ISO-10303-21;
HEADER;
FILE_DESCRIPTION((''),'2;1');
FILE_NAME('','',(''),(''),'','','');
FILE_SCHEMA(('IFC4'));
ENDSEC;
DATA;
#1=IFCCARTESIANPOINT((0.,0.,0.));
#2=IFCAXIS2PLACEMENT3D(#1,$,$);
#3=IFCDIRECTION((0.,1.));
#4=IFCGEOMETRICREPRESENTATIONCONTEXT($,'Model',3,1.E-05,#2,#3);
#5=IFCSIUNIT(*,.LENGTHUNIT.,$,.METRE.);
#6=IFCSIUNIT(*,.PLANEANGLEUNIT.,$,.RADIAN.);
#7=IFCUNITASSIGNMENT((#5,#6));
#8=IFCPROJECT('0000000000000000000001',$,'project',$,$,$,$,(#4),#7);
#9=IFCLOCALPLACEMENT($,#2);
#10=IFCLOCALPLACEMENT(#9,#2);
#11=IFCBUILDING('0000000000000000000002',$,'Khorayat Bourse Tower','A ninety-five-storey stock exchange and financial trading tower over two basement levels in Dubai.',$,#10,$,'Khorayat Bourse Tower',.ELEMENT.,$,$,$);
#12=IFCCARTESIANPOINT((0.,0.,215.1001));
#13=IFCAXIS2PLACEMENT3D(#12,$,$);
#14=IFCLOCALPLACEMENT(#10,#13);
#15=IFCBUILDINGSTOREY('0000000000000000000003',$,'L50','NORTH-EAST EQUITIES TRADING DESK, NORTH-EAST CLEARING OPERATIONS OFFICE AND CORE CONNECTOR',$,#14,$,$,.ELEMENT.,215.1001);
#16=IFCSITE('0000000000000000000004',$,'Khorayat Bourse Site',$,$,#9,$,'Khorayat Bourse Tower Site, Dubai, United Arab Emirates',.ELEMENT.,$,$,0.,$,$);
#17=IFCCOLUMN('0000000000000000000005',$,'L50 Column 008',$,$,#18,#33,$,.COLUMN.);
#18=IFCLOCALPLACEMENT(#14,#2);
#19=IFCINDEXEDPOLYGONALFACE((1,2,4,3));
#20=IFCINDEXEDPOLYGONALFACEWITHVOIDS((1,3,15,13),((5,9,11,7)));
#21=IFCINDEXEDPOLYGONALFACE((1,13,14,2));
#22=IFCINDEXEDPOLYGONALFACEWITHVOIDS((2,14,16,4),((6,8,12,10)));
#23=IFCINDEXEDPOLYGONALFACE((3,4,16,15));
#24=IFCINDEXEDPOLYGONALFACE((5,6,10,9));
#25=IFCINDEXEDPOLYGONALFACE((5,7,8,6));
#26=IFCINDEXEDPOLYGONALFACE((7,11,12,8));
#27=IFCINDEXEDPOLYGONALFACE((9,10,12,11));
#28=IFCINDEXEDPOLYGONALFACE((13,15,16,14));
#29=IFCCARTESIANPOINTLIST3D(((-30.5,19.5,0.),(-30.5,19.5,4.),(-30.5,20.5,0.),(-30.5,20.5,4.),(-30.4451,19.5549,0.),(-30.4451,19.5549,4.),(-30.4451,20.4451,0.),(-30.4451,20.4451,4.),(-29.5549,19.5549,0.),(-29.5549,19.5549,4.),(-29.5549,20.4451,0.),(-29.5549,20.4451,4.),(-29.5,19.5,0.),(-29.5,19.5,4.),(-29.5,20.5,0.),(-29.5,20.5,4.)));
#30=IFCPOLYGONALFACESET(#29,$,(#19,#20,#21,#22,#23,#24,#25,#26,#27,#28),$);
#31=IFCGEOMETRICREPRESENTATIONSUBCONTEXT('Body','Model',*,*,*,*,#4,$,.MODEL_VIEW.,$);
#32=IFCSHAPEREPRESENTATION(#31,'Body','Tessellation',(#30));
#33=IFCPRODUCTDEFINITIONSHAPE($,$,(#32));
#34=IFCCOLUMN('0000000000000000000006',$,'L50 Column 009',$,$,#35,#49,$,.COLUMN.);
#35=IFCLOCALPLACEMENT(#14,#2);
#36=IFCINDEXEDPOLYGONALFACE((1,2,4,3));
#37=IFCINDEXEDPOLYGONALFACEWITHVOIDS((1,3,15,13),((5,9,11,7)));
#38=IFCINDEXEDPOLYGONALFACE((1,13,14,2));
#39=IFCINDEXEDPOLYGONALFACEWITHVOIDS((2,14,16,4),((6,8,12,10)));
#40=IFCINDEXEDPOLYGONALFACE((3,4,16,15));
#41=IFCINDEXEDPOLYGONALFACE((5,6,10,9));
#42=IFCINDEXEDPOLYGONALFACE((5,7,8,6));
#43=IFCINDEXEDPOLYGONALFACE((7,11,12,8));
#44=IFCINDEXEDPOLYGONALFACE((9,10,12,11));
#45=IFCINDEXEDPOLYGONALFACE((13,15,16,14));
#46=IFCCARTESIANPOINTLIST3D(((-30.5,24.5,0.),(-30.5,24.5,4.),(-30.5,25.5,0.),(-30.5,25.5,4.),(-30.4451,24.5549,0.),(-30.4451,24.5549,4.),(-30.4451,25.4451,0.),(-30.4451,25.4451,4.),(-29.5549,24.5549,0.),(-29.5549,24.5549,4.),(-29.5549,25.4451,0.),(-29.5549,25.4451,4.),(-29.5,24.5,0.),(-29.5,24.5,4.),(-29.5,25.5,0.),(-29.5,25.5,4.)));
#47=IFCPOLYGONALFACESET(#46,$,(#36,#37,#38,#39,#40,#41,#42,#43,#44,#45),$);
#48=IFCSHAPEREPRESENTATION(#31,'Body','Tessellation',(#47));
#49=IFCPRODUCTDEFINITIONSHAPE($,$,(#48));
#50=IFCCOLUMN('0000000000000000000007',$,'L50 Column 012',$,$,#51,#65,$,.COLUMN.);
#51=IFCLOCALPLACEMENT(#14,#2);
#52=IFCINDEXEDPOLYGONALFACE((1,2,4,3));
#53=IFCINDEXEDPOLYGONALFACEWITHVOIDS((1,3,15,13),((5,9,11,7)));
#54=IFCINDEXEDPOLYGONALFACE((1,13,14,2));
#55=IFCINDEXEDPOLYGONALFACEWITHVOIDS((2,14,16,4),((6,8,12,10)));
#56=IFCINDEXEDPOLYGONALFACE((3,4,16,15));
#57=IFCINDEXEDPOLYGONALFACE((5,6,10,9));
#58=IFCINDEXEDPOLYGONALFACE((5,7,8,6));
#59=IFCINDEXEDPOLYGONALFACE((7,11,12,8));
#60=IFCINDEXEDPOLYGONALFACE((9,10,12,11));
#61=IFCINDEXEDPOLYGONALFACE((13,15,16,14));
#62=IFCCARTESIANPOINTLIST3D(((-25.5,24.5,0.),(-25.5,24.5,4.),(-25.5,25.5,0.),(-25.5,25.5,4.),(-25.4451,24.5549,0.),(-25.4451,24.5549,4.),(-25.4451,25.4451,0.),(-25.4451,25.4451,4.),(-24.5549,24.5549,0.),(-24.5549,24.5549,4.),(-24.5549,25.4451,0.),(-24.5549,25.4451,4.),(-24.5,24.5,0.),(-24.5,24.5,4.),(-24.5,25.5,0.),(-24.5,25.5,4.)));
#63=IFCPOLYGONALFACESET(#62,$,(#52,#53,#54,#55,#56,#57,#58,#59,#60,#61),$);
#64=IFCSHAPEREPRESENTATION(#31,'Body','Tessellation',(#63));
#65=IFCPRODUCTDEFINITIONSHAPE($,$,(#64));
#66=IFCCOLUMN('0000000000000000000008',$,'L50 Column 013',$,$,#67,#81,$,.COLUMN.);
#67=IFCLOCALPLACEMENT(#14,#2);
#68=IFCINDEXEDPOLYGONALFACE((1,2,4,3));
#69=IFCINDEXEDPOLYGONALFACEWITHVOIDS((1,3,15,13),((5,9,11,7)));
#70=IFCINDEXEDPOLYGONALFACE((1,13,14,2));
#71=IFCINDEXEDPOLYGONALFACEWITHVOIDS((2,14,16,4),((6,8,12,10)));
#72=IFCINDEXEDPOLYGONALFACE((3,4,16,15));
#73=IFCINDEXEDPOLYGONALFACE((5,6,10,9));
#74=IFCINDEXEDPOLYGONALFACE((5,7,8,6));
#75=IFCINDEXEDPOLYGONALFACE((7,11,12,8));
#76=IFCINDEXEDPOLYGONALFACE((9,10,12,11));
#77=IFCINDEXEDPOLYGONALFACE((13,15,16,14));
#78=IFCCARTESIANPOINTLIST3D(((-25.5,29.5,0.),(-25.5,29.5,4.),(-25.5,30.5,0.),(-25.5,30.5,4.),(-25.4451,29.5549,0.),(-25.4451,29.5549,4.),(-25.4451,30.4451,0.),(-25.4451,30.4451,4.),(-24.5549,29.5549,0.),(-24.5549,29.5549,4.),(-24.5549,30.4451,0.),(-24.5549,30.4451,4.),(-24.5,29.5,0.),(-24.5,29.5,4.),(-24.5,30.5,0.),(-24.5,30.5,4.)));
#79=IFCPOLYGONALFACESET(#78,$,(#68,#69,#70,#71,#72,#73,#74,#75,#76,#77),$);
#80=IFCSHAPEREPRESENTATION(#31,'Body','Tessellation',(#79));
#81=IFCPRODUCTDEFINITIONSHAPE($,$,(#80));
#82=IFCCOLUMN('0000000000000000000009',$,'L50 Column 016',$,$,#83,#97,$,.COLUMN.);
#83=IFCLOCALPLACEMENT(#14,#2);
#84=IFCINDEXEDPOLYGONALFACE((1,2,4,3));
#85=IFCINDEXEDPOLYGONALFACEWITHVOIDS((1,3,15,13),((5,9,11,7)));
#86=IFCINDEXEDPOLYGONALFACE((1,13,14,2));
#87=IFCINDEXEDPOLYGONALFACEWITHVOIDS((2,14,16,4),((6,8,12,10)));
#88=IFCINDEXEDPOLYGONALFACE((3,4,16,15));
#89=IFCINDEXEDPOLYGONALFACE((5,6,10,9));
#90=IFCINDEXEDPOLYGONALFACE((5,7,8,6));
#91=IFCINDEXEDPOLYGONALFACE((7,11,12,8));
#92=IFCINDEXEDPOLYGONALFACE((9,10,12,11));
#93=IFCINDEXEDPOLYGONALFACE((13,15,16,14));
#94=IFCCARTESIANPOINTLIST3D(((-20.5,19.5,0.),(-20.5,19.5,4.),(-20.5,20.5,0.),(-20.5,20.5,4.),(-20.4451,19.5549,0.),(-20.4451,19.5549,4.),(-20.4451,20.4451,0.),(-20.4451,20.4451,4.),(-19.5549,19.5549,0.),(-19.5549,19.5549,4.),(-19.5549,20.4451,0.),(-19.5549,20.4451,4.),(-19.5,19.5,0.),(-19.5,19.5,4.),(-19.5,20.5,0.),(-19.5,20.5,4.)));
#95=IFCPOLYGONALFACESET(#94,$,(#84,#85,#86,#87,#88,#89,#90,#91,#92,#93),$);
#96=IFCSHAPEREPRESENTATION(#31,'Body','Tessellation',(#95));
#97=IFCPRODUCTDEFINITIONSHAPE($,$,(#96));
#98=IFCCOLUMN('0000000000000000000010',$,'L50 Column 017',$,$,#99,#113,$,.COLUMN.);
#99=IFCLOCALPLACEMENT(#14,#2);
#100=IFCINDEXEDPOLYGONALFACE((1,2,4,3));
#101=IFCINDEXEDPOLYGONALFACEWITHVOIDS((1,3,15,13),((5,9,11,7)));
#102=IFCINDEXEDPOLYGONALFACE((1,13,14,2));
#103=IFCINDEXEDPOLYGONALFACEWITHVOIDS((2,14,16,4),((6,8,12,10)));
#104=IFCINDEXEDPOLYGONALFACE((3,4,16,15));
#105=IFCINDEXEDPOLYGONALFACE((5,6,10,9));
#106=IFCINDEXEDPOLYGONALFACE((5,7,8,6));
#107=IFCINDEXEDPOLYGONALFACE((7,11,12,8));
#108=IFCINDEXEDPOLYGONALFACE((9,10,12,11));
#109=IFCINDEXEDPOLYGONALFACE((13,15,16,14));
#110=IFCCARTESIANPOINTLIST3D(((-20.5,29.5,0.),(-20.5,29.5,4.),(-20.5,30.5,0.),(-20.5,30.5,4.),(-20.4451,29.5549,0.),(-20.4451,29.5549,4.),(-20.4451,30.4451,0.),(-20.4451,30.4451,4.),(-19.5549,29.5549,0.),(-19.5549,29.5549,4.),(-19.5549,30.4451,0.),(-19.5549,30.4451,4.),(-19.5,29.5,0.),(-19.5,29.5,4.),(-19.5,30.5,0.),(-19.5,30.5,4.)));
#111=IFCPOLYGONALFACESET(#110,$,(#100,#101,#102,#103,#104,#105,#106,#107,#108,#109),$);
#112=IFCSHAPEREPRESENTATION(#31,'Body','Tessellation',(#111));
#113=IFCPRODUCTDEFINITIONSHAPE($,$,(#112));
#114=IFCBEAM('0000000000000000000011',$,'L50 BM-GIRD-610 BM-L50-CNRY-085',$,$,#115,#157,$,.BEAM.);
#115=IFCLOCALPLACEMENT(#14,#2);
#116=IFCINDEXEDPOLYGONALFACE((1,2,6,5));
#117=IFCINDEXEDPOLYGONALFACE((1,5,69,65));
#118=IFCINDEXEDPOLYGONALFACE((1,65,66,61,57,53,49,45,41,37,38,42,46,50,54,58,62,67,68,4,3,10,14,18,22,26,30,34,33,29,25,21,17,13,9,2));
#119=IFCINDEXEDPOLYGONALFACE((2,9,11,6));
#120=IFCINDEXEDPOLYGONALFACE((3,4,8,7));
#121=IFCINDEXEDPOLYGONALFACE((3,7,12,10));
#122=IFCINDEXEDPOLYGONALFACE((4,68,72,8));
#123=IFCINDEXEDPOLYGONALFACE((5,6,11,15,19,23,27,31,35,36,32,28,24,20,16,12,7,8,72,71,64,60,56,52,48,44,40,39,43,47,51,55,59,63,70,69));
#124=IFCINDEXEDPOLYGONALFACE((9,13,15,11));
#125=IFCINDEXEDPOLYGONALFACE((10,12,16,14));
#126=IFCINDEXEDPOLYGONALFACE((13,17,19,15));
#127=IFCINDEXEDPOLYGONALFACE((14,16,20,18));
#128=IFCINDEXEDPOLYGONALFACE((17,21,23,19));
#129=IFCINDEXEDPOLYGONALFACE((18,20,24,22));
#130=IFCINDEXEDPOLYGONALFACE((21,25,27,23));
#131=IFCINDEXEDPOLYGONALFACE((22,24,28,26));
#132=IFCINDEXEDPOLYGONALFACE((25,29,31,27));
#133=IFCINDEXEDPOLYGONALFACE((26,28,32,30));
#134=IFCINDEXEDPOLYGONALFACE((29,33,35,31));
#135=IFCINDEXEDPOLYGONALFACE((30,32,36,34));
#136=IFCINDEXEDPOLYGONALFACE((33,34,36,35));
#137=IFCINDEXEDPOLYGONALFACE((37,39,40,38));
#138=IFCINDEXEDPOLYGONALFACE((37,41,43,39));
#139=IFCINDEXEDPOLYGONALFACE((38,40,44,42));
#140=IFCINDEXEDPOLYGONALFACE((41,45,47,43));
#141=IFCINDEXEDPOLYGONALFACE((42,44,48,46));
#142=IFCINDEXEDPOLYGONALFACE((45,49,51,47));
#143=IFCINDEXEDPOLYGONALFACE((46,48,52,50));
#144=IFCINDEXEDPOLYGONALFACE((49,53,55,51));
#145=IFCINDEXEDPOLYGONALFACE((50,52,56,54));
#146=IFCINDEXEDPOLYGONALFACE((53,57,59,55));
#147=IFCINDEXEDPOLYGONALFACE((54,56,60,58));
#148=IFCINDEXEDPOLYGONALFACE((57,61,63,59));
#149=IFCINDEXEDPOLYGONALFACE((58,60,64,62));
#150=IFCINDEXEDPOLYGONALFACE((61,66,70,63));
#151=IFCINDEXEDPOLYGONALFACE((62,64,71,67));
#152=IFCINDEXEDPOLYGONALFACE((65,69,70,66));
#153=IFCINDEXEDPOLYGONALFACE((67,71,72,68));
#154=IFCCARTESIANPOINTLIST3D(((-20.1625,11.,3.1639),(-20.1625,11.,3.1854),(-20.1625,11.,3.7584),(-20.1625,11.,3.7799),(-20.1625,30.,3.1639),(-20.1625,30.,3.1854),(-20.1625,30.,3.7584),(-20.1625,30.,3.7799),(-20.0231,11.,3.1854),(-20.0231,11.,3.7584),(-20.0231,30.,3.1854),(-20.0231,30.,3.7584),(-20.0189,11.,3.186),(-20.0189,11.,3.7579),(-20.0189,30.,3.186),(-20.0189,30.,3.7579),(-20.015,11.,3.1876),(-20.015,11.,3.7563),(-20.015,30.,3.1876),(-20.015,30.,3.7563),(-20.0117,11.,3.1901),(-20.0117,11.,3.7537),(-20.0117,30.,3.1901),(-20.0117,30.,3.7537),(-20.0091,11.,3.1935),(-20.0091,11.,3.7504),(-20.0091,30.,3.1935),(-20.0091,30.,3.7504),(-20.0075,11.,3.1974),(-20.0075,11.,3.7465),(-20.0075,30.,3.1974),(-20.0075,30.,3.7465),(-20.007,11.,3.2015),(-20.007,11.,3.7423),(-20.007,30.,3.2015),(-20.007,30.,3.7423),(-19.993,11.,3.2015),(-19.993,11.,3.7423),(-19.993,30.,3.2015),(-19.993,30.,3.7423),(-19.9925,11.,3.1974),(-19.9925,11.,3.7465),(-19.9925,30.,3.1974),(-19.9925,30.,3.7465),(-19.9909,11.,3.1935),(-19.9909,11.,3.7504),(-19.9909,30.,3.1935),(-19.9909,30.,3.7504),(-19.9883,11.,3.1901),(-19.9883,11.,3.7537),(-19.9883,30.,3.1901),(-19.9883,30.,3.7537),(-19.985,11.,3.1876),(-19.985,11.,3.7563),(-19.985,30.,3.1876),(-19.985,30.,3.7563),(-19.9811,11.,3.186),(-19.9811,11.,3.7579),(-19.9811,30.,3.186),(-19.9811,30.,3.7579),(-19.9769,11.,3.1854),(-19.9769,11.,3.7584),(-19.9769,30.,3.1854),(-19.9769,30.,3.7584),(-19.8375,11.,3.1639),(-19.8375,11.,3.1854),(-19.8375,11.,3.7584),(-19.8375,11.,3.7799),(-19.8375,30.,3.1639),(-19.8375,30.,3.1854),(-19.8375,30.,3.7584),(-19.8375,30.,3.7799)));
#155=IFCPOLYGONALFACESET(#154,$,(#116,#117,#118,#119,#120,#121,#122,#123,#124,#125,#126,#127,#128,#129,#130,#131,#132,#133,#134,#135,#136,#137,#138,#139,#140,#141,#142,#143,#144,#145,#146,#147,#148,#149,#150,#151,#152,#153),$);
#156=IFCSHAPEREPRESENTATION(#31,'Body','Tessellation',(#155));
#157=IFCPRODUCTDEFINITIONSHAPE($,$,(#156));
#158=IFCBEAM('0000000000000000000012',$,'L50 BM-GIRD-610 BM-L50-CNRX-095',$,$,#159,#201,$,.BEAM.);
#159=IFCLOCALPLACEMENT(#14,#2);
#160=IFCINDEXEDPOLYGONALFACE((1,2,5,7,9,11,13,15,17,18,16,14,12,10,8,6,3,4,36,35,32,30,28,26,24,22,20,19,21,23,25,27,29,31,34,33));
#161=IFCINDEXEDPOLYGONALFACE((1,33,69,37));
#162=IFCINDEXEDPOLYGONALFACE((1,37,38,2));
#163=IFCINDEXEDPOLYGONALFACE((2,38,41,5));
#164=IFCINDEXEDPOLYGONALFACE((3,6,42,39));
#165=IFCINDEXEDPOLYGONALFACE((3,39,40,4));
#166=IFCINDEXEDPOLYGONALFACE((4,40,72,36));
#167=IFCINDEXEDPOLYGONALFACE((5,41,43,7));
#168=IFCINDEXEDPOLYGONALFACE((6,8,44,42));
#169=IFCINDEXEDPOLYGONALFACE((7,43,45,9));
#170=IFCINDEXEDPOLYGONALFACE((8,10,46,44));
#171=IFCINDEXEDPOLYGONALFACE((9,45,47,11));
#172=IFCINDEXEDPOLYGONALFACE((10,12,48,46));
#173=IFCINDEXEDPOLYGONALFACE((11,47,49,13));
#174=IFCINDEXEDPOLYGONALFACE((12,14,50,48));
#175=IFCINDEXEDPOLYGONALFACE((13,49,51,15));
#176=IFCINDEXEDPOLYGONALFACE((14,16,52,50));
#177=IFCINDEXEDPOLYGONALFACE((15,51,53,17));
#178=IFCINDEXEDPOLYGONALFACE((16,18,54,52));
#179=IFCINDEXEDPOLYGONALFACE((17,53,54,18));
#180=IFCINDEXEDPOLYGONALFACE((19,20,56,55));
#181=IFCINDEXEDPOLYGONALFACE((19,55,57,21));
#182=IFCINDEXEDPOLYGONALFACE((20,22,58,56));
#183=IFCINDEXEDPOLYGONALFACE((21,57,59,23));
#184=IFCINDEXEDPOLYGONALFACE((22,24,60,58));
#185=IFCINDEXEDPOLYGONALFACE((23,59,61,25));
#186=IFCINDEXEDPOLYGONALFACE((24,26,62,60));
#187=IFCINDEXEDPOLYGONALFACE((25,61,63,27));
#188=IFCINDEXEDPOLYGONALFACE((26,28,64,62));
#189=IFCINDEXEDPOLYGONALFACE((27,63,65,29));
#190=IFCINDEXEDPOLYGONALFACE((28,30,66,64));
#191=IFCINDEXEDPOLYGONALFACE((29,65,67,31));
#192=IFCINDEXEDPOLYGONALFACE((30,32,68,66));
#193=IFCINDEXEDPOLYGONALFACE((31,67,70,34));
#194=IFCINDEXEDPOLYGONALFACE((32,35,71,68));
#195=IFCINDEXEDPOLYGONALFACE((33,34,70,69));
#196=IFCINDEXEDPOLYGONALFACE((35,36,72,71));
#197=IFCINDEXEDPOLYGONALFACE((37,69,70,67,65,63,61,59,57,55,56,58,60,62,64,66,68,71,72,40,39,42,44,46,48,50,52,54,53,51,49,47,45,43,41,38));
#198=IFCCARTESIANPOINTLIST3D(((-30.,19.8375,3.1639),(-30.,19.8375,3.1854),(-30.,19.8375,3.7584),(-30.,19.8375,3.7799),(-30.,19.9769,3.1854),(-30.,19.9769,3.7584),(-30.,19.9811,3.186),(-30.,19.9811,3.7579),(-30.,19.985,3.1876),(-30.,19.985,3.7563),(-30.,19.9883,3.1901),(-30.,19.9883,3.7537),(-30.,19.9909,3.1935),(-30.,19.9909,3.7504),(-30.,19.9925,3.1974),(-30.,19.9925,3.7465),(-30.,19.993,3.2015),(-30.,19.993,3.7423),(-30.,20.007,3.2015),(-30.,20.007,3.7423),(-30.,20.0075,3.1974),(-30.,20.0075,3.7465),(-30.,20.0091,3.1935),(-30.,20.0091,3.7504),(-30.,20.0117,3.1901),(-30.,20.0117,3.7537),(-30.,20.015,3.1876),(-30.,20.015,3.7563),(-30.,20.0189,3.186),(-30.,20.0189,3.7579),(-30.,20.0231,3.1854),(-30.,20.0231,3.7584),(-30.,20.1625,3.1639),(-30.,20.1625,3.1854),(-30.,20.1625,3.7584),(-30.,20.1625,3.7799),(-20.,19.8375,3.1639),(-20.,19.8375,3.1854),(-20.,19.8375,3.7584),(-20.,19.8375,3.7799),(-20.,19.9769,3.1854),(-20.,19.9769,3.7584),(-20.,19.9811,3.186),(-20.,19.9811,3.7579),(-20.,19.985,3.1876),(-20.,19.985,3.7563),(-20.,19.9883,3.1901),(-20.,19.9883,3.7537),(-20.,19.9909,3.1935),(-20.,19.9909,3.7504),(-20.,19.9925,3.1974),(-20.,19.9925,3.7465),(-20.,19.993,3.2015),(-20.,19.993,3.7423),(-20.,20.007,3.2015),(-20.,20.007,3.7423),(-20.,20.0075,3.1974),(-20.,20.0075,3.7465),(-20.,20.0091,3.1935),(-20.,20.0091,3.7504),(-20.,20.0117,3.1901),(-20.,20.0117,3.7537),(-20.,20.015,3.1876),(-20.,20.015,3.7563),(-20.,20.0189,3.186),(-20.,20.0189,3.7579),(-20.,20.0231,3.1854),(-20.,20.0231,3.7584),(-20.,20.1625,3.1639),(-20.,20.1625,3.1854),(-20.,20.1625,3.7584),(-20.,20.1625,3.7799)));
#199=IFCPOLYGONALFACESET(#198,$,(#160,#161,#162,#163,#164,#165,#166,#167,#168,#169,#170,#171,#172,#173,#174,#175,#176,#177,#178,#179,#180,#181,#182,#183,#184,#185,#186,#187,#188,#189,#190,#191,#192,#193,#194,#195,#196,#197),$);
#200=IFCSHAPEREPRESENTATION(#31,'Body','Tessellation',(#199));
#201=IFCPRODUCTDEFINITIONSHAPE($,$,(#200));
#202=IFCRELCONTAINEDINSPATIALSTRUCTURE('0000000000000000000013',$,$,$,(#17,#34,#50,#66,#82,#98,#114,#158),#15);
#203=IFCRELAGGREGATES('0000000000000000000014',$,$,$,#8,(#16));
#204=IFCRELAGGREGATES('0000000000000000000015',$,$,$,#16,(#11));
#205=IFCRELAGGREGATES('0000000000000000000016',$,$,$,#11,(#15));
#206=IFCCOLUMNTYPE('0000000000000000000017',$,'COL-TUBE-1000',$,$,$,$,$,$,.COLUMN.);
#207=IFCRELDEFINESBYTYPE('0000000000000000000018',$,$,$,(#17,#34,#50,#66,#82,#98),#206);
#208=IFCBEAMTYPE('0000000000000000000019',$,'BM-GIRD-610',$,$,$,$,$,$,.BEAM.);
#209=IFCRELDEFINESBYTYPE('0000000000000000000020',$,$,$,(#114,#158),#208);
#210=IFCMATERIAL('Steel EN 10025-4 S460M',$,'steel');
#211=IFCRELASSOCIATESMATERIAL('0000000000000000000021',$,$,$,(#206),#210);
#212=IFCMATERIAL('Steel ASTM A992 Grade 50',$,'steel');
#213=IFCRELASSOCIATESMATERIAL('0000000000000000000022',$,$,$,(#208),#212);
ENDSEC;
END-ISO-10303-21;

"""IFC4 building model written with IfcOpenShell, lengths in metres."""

from ifc_helpers import new_model, si_unit, direction, frame, origin, origin_2d, place, context, subcontext, project, spatial, hollow_rectangle, i_section, extrude, source, transform, mapped, material, material_profile, profile_set, type_object, element, save


model = new_model("IFC4")

# Units and contexts
model_context = context("Model", 3, precision=1e-05, world=origin(), true_north=direction((0.0, 1.0)))
body_context = subcontext(model_context, "Body", "Model", "MODEL_VIEW")
ifc_project = project(units=[si_unit("LENGTHUNIT", "METRE"), si_unit("PLANEANGLEUNIT", "RADIAN")], contexts=[model_context])

# Site, building, storey
site_placement = place(None, origin())
site = spatial("IfcSite", under=ifc_project, at=site_placement, Name="Khorayat Bourse Site", LongName="Khorayat Bourse Tower Site, Dubai, United Arab Emirates", CompositionType="ELEMENT", RefElevation=0.0)
building_placement = place(site_placement, origin())
building = spatial("IfcBuilding", under=site, at=building_placement, Name="Khorayat Bourse Tower", Description="A ninety-five-storey stock exchange and financial trading tower over two basement levels in Dubai.", LongName="Khorayat Bourse Tower", CompositionType="ELEMENT")
storey_placement = place(building_placement, frame((0.0, 0.0, 215.1001)))
storey = spatial("IfcBuildingStorey", under=building, at=storey_placement, Name="L50", Description="NORTH-EAST EQUITIES TRADING DESK, NORTH-EAST CLEARING OPERATIONS OFFICE AND CORE CONNECTOR", CompositionType="ELEMENT", Elevation=215.1001)

# Columns
ifc_material_1 = material(Name="Steel EN 10025-4 S460M", Category="steel")
ifc_material_profile_1 = material_profile(ifc_material_1, hollow_rectangle(XDim=1.0, YDim=1.0, WallThickness=0.0549, at=origin_2d()), Name="BOX 1000x1000x55")
ifc_profile_set_1 = profile_set([ifc_material_profile_1], Name="Steel EN 10025-4 S460M")
column_type = type_object("IfcColumnType", Name="COL-TUBE-1000", PredefinedType="COLUMN", material=ifc_profile_set_1)
shared_shape_1 = source(origin(), body_context, "Body", "SweptSolid", [
    extrude(hollow_rectangle(XDim=1.0, YDim=1.0, WallThickness=0.0549, at=origin_2d()), origin(), (0.0, 0.0, 1.0), 4.0),
])
for number, where, z_axis, x_axis, name in (
    (1, (-30.0, 20.0, 0.0), (0.0, 0.0, 1.0), (1.0, 0.0, 0.0), "L50 Column 008"),
    (2, (-30.0, 25.0, 0.0), (0.0, 0.0, 1.0), (1.0, 0.0, 0.0), "L50 Column 009"),
    (3, (-25.0, 25.0, 0.0), (0.0, 0.0, 1.0), (1.0, 0.0, 0.0), "L50 Column 012"),
    (4, (-25.0, 30.0, 0.0), (0.0, 0.0, 1.0), (1.0, 0.0, 0.0), "L50 Column 013"),
    (5, (-20.0, 20.0, 0.0), (0.0, 0.0, 1.0), (1.0, 0.0, 0.0), "L50 Column 016"),
    (6, (-20.0, 30.0, 0.0), (0.0, 0.0, 1.0), (1.0, 0.0, 0.0), "L50 Column 017"),
):
    element("IfcColumn", number, at=place(storey_placement, frame(where, z_axis=z_axis, x_axis=x_axis)), inside=storey, type_object=column_type, Name=name, PredefinedType="COLUMN", context=body_context, shape_type="MappedRepresentation", body=[
        mapped(shared_shape_1, transform((0.0, 0.0, 0.0), scale=1.0)),
    ])

# Beams
ifc_material_2 = material(Name="Steel ASTM A992 Grade 50", Category="steel")
ifc_material_profile_2 = material_profile(ifc_material_2, i_section(OverallWidth=0.325, OverallDepth=0.616, WebThickness=0.0139, FlangeThickness=0.0215, FilletRadius=0.0161, at=origin_2d()), Name="W610X174")
ifc_profile_set_2 = profile_set([ifc_material_profile_2], Name="Steel ASTM A992 Grade 50")
beam_type_1 = type_object("IfcBeamType", Name="BM-GIRD-610", PredefinedType="BEAM", material=ifc_profile_set_2)
shared_shape_2 = source(origin(), body_context, "Body", "SweptSolid", [
    extrude(i_section(OverallWidth=0.325, OverallDepth=0.616, WebThickness=0.0139, FlangeThickness=0.0215, FilletRadius=0.0161, at=origin_2d()), origin(), (0.0, 0.0, 1.0), 19.0),
])
beam_1_placement = place(storey_placement, frame((-20.0, 11.0, 3.4719), z_axis=(0.0, 1.0, 0.0), x_axis=(-1.0, 0.0, 0.0)))
element("IfcBeam", 7, at=beam_1_placement, inside=storey, type_object=beam_type_1, Name="L50 BM-GIRD-610 BM-L50-CNRY-085", PredefinedType="BEAM", context=body_context, shape_type="MappedRepresentation", body=[
    mapped(shared_shape_2, transform((0.0, 0.0, 0.0), scale=1.0)),
])
shared_shape_3 = source(origin(), body_context, "Body", "SweptSolid", [
    extrude(i_section(OverallWidth=0.325, OverallDepth=0.616, WebThickness=0.0139, FlangeThickness=0.0215, FilletRadius=0.0161, at=origin_2d()), origin(), (0.0, 0.0, 1.0), 10.0),
])
beam_2_placement = place(storey_placement, frame((-30.0, 20.0, 3.4719), z_axis=(1.0, 0.0, 0.0), x_axis=(0.0, 1.0, 0.0)))
element("IfcBeam", 8, at=beam_2_placement, inside=storey, type_object=beam_type_1, Name="L50 BM-GIRD-610 BM-L50-CNRX-095", PredefinedType="BEAM", context=body_context, shape_type="MappedRepresentation", body=[
    mapped(shared_shape_3, transform((0.0, 0.0, 0.0), scale=1.0)),
])

save(model, "model.ifc")
